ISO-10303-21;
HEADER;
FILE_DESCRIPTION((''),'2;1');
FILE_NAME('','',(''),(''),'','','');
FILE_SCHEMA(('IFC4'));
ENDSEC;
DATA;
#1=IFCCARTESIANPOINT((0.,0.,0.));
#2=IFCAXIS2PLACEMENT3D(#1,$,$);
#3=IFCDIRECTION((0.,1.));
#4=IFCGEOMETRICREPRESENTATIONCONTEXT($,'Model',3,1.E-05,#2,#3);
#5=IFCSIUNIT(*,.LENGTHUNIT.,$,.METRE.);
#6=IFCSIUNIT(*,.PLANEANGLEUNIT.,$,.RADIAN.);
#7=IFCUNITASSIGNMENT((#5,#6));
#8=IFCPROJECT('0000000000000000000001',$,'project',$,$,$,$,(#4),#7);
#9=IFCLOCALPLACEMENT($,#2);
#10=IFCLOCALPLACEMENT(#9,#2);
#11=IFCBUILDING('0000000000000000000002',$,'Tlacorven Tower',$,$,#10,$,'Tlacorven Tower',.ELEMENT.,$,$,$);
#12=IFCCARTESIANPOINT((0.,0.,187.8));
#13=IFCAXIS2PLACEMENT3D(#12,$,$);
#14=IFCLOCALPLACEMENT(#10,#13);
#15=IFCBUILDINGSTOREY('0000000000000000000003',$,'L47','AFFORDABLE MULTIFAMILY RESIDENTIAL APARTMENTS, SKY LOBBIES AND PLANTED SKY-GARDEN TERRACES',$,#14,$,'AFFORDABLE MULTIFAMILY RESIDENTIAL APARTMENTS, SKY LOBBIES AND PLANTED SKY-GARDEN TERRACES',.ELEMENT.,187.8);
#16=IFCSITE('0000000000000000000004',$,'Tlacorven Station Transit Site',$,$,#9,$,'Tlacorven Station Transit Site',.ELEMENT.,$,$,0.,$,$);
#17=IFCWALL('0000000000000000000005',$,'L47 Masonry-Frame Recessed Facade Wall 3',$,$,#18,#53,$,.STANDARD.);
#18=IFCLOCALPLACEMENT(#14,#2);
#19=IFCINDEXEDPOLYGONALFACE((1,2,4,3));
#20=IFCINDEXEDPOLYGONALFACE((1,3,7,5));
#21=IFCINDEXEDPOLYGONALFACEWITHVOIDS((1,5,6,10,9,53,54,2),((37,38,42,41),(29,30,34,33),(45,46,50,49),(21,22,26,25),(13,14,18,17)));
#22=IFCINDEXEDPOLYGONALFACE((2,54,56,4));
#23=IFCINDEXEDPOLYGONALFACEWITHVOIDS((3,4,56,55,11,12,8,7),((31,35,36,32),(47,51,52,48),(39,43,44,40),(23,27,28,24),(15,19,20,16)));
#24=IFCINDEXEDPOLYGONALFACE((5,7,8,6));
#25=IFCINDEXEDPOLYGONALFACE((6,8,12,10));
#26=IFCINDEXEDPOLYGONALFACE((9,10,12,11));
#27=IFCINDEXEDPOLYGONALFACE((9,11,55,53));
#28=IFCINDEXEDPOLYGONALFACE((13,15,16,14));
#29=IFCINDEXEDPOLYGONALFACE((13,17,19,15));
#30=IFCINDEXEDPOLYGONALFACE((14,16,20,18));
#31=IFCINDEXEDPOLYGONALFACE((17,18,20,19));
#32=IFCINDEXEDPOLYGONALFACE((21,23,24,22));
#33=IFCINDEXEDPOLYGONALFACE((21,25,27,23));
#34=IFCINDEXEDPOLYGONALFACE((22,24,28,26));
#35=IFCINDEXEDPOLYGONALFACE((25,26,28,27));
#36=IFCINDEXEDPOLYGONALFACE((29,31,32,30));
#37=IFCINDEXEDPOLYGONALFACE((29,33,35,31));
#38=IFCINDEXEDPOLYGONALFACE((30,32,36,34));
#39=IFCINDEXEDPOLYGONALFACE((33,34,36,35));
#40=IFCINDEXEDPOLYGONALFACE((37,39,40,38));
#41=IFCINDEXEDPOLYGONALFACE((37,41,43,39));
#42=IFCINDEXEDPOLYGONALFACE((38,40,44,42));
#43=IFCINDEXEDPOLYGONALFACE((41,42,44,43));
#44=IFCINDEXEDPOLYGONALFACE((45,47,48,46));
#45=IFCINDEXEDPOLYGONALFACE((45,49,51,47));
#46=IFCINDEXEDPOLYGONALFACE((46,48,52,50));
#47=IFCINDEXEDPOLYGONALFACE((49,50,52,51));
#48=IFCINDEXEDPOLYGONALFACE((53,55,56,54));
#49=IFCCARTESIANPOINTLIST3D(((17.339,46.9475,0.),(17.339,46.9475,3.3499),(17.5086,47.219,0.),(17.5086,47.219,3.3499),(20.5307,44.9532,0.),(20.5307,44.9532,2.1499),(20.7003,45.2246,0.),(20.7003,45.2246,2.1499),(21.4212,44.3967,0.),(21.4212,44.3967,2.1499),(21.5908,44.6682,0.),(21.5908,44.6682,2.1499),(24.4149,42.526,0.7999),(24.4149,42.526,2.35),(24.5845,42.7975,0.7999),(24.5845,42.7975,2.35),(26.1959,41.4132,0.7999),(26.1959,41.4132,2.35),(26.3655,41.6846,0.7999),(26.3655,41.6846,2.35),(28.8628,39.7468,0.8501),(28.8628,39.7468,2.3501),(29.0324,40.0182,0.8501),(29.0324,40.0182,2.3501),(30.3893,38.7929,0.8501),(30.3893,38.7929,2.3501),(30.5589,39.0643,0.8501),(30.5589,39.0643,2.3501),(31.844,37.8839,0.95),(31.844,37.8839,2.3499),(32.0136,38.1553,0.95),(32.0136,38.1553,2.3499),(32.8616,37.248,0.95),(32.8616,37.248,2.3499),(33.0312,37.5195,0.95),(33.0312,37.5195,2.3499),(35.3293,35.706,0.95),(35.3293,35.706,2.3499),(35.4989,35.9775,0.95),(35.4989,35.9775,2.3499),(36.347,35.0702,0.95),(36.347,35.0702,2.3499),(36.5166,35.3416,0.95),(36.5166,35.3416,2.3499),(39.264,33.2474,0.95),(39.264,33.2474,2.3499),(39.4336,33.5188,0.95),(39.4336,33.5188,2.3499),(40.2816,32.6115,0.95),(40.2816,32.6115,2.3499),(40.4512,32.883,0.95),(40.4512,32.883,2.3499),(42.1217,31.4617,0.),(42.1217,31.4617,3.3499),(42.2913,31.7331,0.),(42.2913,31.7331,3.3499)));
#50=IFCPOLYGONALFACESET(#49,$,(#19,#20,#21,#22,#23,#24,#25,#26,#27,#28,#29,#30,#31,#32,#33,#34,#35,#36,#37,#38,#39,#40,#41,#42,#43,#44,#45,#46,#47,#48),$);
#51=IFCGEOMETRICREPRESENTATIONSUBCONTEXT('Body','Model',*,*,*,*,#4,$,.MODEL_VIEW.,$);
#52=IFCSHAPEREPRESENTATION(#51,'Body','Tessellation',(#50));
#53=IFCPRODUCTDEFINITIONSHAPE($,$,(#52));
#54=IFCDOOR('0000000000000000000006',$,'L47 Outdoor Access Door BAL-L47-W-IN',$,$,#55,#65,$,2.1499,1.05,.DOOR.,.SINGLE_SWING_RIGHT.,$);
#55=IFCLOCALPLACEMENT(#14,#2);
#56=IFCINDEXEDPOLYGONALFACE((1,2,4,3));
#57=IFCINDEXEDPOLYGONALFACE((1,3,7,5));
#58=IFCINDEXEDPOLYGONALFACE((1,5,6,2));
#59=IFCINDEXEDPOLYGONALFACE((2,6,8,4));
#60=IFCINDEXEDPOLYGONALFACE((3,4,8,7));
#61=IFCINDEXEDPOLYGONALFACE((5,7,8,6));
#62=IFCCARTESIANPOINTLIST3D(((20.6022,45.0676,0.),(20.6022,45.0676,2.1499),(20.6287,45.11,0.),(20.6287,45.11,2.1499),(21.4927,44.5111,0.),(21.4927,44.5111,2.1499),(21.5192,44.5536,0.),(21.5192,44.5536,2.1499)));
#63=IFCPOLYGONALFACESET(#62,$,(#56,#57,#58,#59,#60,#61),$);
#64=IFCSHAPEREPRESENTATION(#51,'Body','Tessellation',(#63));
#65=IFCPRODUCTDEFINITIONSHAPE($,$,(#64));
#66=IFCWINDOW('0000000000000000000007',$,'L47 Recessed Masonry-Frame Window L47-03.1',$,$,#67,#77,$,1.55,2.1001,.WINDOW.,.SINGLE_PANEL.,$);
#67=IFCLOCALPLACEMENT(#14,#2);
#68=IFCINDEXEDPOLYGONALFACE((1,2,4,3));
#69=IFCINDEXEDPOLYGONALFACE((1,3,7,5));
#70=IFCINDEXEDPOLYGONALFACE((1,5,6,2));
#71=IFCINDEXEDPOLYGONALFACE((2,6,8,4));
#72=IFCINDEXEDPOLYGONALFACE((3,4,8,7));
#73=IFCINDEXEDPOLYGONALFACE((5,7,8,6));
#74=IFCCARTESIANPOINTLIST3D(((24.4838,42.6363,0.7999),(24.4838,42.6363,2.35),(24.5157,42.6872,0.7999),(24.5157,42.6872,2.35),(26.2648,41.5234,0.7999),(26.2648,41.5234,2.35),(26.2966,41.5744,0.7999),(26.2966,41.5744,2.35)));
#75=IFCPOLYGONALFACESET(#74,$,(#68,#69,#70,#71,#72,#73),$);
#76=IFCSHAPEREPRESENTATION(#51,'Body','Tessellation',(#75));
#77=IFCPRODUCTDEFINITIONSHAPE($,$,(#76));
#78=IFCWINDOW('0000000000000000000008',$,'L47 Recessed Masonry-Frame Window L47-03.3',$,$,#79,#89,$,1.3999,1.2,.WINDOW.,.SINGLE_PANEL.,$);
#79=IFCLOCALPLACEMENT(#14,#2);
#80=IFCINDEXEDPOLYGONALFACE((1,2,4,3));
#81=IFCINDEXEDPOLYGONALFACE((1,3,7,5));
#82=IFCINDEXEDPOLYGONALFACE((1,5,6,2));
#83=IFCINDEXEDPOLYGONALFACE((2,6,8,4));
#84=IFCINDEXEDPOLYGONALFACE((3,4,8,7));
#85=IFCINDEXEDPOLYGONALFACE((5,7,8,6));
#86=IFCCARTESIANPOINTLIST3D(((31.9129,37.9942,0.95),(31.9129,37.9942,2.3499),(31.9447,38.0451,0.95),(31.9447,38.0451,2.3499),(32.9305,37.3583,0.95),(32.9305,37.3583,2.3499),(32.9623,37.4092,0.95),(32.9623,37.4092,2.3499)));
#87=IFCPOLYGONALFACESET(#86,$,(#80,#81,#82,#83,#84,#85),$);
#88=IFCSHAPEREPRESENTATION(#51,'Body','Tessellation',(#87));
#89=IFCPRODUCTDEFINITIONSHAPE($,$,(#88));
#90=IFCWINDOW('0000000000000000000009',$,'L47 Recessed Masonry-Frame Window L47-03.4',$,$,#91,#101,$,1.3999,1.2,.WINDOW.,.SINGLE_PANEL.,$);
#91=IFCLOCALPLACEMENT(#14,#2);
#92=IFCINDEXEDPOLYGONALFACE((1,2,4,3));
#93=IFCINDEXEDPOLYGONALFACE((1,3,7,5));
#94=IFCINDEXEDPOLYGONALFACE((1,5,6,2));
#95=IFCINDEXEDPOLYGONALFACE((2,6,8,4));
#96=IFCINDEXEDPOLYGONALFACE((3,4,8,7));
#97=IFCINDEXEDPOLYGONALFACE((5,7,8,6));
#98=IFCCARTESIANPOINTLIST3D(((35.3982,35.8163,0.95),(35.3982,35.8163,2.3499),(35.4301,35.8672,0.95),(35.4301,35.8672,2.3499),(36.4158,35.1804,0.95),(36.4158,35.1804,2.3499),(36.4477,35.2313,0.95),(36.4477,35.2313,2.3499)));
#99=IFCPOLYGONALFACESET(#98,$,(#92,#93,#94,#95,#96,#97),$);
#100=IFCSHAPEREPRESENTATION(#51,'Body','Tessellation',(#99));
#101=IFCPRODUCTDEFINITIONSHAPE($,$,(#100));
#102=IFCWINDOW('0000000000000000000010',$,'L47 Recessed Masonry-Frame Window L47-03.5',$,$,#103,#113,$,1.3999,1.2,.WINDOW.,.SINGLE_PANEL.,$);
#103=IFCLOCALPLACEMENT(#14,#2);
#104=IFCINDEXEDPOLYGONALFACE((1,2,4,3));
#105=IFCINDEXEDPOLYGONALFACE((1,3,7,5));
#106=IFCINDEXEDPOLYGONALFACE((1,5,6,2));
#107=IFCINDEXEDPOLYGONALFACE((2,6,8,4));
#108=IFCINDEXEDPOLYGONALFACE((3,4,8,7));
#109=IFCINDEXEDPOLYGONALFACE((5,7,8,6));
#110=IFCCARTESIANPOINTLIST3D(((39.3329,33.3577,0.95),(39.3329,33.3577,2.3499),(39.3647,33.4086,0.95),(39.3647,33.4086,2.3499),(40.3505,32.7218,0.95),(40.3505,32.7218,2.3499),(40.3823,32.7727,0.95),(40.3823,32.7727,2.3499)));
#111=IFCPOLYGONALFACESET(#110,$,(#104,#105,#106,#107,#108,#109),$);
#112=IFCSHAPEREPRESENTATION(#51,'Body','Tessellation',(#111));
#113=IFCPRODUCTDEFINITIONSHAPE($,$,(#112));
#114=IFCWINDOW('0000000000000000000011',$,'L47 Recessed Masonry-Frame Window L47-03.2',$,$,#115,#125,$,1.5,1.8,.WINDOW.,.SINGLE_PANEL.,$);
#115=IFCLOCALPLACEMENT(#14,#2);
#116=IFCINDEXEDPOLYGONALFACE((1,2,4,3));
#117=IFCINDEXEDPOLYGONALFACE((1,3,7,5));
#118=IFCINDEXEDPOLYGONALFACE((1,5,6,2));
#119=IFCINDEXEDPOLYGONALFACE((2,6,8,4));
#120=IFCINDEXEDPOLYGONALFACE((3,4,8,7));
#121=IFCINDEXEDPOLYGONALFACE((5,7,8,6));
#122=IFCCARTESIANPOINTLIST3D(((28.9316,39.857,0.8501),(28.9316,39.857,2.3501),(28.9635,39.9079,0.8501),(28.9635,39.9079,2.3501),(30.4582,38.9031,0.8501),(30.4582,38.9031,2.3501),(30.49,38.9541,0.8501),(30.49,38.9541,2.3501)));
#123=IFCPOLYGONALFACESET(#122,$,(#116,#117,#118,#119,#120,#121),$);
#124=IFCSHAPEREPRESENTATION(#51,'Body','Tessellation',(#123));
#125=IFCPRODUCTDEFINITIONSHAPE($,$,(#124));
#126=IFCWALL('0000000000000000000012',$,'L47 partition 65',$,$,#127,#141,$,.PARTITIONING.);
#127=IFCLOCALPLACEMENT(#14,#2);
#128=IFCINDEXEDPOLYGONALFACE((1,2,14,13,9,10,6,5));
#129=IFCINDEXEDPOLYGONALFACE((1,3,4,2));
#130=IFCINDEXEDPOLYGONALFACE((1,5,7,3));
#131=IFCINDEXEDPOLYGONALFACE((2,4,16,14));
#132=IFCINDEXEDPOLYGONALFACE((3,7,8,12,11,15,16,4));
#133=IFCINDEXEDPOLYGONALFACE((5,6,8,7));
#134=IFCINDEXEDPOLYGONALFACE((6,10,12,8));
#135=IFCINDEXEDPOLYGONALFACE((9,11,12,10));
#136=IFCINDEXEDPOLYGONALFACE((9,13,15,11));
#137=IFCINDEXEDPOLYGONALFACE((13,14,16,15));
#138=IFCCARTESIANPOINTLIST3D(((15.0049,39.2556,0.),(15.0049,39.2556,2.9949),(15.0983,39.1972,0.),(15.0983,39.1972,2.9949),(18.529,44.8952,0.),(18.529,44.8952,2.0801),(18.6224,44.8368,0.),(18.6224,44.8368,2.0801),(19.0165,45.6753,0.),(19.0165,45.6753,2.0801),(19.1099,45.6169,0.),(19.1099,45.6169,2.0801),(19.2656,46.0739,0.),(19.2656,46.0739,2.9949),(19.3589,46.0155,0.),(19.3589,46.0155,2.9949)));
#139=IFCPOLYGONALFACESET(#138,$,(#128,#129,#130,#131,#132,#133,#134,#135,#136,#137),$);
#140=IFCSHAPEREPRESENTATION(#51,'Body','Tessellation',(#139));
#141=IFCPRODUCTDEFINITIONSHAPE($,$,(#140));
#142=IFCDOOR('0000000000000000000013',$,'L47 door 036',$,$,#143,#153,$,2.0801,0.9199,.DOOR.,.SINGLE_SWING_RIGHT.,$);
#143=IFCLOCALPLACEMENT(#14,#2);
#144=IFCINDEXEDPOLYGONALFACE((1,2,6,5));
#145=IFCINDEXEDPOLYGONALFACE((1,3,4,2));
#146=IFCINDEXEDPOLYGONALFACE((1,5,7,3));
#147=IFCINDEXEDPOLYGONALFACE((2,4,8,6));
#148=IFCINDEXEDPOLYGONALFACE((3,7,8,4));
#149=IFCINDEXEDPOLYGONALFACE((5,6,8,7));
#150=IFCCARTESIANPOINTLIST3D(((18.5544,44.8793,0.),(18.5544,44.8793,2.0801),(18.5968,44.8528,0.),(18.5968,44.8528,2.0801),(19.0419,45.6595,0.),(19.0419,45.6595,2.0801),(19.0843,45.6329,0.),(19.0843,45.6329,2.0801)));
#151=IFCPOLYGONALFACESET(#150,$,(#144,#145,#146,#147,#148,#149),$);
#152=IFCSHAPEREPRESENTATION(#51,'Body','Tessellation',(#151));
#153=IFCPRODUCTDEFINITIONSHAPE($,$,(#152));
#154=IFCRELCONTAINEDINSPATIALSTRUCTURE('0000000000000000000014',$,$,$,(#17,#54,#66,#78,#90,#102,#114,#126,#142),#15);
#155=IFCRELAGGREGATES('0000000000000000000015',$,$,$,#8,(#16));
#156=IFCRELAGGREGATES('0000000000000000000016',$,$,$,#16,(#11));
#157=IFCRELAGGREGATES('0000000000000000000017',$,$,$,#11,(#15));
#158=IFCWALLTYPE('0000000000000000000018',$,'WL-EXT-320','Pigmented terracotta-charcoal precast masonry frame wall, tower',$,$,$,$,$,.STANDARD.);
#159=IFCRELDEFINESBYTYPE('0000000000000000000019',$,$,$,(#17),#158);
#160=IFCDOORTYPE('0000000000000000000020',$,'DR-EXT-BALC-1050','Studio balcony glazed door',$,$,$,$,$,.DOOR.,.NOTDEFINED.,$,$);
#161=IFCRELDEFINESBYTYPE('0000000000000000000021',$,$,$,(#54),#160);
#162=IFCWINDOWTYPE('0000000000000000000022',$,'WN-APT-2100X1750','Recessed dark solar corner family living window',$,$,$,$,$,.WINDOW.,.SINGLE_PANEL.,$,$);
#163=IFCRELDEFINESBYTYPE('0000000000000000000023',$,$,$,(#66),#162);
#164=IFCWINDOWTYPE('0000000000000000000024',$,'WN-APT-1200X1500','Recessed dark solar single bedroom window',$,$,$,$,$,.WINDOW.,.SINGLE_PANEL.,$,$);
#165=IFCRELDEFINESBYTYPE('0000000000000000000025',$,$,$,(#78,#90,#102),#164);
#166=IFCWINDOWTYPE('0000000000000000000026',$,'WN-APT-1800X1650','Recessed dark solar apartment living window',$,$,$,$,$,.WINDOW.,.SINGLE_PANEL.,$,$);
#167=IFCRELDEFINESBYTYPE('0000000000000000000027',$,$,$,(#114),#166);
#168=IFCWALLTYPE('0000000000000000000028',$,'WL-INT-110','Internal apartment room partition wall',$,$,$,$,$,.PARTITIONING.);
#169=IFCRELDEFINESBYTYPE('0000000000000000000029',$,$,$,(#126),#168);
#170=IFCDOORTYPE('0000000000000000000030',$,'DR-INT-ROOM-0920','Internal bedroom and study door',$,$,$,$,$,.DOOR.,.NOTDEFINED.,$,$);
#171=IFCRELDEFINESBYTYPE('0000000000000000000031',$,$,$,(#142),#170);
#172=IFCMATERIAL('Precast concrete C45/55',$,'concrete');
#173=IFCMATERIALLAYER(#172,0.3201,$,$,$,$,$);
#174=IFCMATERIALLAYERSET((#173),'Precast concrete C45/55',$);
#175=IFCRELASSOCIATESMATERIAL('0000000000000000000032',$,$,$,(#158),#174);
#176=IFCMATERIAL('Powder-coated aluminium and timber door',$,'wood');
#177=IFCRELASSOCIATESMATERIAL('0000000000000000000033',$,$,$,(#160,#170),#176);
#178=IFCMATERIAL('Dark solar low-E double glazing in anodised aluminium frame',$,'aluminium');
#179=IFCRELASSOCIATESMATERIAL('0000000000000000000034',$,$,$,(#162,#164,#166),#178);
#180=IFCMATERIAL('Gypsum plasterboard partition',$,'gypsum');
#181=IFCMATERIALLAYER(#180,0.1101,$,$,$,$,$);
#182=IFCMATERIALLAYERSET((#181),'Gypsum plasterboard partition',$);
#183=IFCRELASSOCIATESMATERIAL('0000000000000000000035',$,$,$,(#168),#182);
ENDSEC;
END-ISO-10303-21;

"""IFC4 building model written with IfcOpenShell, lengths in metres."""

from ifc_helpers import new_model, si_unit, direction, frame, frame_2d, origin, place, context, subcontext, project, spatial, rectangle, extrude, source, transform, mapped, material, layer, layer_set, type_object, element, fill, save


model = new_model("IFC4")

# Units and contexts
model_context = context("Model", 3, precision=1e-05, world=origin(), true_north=direction((0.0, 1.0)))
body_context = subcontext(model_context, "Body", "Model", "MODEL_VIEW")
ifc_project = project(units=[si_unit("LENGTHUNIT", "METRE"), si_unit("PLANEANGLEUNIT", "RADIAN")], contexts=[model_context])

# Site, building, storey
site_placement = place(None, origin())
site = spatial("IfcSite", under=ifc_project, at=site_placement, Name="Tlacorven Station Transit Site", LongName="Tlacorven Station Transit Site", CompositionType="ELEMENT", RefElevation=0.0)
building_placement = place(site_placement, origin())
building = spatial("IfcBuilding", under=site, at=building_placement, Name="Tlacorven Tower", LongName="Tlacorven Tower", CompositionType="ELEMENT")
storey_placement = place(building_placement, frame((0.0, 0.0, 187.8)))
storey = spatial("IfcBuildingStorey", under=building, at=storey_placement, Name="L47", Description="AFFORDABLE MULTIFAMILY RESIDENTIAL APARTMENTS, SKY LOBBIES AND PLANTED SKY-GARDEN TERRACES", LongName="AFFORDABLE MULTIFAMILY RESIDENTIAL APARTMENTS, SKY LOBBIES AND PLANTED SKY-GARDEN TERRACES", CompositionType="ELEMENT", Elevation=187.8)

# Wall, openings, door, windows
ifc_material_1 = material(Name="Precast concrete C45/55", Category="concrete")
ifc_layer_1 = layer(ifc_material_1, 0.3201)
ifc_layer_set_1 = layer_set([ifc_layer_1], Name="Precast concrete C45/55")
wall_type_1 = type_object("IfcWallType", Name="WL-EXT-320", Description="Pigmented terracotta-charcoal precast masonry frame wall, tower", PredefinedType="STANDARD", material=ifc_layer_set_1)
wall_1_placement = place(storey_placement, frame((17.4238, 47.0833, 0.0), z_axis=(0.0, 0.0, 1.0), x_axis=(0.84805, -0.529916, 0.0)))
wall_1 = element("IfcWall", 1, at=wall_1_placement, inside=storey, type_object=wall_type_1, Name="L47 Masonry-Frame Recessed Facade Wall 3", PredefinedType="STANDARD", context=body_context, shape_type="SweptSolid", body=[
    extrude(rectangle(XDim=29.2231, YDim=0.3201, at=frame_2d((14.6116, 0.0))), origin(), (0.0, 0.0, 1.0), 3.3499),
])
opening_1_placement = place(wall_1_placement, frame((3.7637, 0.0, 0.0)))
opening_1 = element("IfcOpeningElement", 2, at=opening_1_placement, cuts=wall_1, PredefinedType="OPENING", context=body_context, shape_type="SweptSolid", body=[
    extrude(rectangle(XDim=1.05, YDim=2.1499, at=frame_2d((0.5249, 1.075))), frame((0.0, 0.1699, 0.0), z_axis=(0.0, -1.0, 0.0), x_axis=(1.0, 0.0, 0.0)), (0.0, 0.0, 1.0), 0.3401),
])
opening_2_placement = place(wall_1_placement, frame((8.3438, 0.0, 0.8)))
opening_2 = element("IfcOpeningElement", 3, at=opening_2_placement, cuts=wall_1, PredefinedType="OPENING", context=body_context, shape_type="SweptSolid", body=[
    extrude(rectangle(XDim=2.1001, YDim=1.55, at=frame_2d((1.05, 0.7749))), frame((0.0, 0.1699, 0.0), z_axis=(0.0, -1.0, 0.0), x_axis=(1.0, 0.0, 0.0)), (0.0, 0.0, 1.0), 0.3401),
])
opening_3_placement = place(wall_1_placement, frame((13.5886, 0.0, 0.8501)))
opening_3 = element("IfcOpeningElement", 4, at=opening_3_placement, cuts=wall_1, PredefinedType="OPENING", context=body_context, shape_type="SweptSolid", body=[
    extrude(rectangle(XDim=1.8, YDim=1.5, at=frame_2d((0.8999, 0.75))), frame((0.0, 0.1699, 0.0), z_axis=(0.0, -1.0, 0.0), x_axis=(1.0, 0.0, 0.0)), (0.0, 0.0, 1.0), 0.3401),
])
opening_4_placement = place(wall_1_placement, frame((17.1038, 0.0, 0.95)))
opening_4 = element("IfcOpeningElement", 5, at=opening_4_placement, cuts=wall_1, PredefinedType="OPENING", context=body_context, shape_type="SweptSolid", body=[
    extrude(rectangle(XDim=1.2, YDim=1.3999, at=frame_2d((0.6001, 0.7))), frame((0.0, 0.1699, 0.0), z_axis=(0.0, -1.0, 0.0), x_axis=(1.0, 0.0, 0.0)), (0.0, 0.0, 1.0), 0.3401),
])
opening_5_placement = place(wall_1_placement, frame((21.2136, 0.0, 0.95)))
opening_5 = element("IfcOpeningElement", 6, at=opening_5_placement, cuts=wall_1, PredefinedType="OPENING", context=body_context, shape_type="SweptSolid", body=[
    extrude(rectangle(XDim=1.2, YDim=1.3999, at=frame_2d((0.6001, 0.7))), frame((0.0, 0.1699, 0.0), z_axis=(0.0, -1.0, 0.0), x_axis=(1.0, 0.0, 0.0)), (0.0, 0.0, 1.0), 0.3401),
])
opening_6_placement = place(wall_1_placement, frame((25.8533, 0.0, 0.95)))
opening_6 = element("IfcOpeningElement", 7, at=opening_6_placement, cuts=wall_1, PredefinedType="OPENING", context=body_context, shape_type="SweptSolid", body=[
    extrude(rectangle(XDim=1.2, YDim=1.3999, at=frame_2d((0.6001, 0.7))), frame((0.0, 0.1699, 0.0), z_axis=(0.0, -1.0, 0.0), x_axis=(1.0, 0.0, 0.0)), (0.0, 0.0, 1.0), 0.3401),
])
ifc_material_2 = material(Name="Powder-coated aluminium and timber door", Category="wood")
door_type_1 = type_object("IfcDoorType", Name="DR-EXT-BALC-1050", Description="Studio balcony glazed door", OperationType="NOTDEFINED", PredefinedType="DOOR", material=ifc_material_2)
shared_shape_1 = source(origin(), body_context, "Body", "SweptSolid", [
    extrude(rectangle(XDim=1.05, YDim=2.1499, at=frame_2d((0.5249, 1.075))), frame((0.0, 0.0249, 0.0), z_axis=(0.0, -1.0, 0.0), x_axis=(1.0, 0.0, 0.0)), (0.0, 0.0, 1.0), 0.05),
])
door_1_placement = place(opening_1_placement, origin())
door_1 = element("IfcDoor", 8, at=door_1_placement, inside=storey, type_object=door_type_1, Name="L47 Outdoor Access Door BAL-L47-W-IN", OperationType="SINGLE_SWING_RIGHT", OverallHeight=2.1499, OverallWidth=1.05, PredefinedType="DOOR", context=body_context, shape_type="MappedRepresentation", body=[
    mapped(shared_shape_1, transform((0.0, 0.0, 0.0), scale=1.0)),
])
fill(opening_1, door_1)
ifc_material_3 = material(Name="Dark solar low-E double glazing in anodised aluminium frame", Category="aluminium")
window_type_1 = type_object("IfcWindowType", Name="WN-APT-2100X1750", Description="Recessed dark solar corner family living window", PartitioningType="SINGLE_PANEL", PredefinedType="WINDOW", material=ifc_material_3)
shared_shape_2 = source(origin(), body_context, "Body", "SweptSolid", [
    extrude(rectangle(XDim=2.1001, YDim=1.55, at=frame_2d((1.05, 0.7749))), frame((0.0, 0.03, 0.0), z_axis=(0.0, -1.0, 0.0), x_axis=(1.0, 0.0, 0.0)), (0.0, 0.0, 1.0), 0.0601),
])
window_1_placement = place(opening_2_placement, origin())
window_1 = element("IfcWindow", 9, at=window_1_placement, inside=storey, type_object=window_type_1, Name="L47 Recessed Masonry-Frame Window L47-03.1", OverallHeight=1.55, OverallWidth=2.1001, PartitioningType="SINGLE_PANEL", PredefinedType="WINDOW", context=body_context, shape_type="MappedRepresentation", body=[
    mapped(shared_shape_2, transform((0.0, 0.0, 0.0), scale=1.0)),
])
fill(opening_2, window_1)
window_type_2 = type_object("IfcWindowType", Name="WN-APT-1200X1500", Description="Recessed dark solar single bedroom window", PartitioningType="SINGLE_PANEL", PredefinedType="WINDOW", material=ifc_material_3)
shared_shape_3 = source(origin(), body_context, "Body", "SweptSolid", [
    extrude(rectangle(XDim=1.2, YDim=1.3999, at=frame_2d((0.6001, 0.7))), frame((0.0, 0.03, 0.0), z_axis=(0.0, -1.0, 0.0), x_axis=(1.0, 0.0, 0.0)), (0.0, 0.0, 1.0), 0.0601),
])
window_2_placement = place(opening_4_placement, origin())
window_2 = element("IfcWindow", 10, at=window_2_placement, inside=storey, type_object=window_type_2, Name="L47 Recessed Masonry-Frame Window L47-03.3", OverallHeight=1.3999, OverallWidth=1.2, PartitioningType="SINGLE_PANEL", PredefinedType="WINDOW", context=body_context, shape_type="MappedRepresentation", body=[
    mapped(shared_shape_3, transform((0.0, 0.0, 0.0), scale=1.0)),
])
fill(opening_4, window_2)
window_3_placement = place(opening_5_placement, origin())
window_3 = element("IfcWindow", 11, at=window_3_placement, inside=storey, type_object=window_type_2, Name="L47 Recessed Masonry-Frame Window L47-03.4", OverallHeight=1.3999, OverallWidth=1.2, PartitioningType="SINGLE_PANEL", PredefinedType="WINDOW", context=body_context, shape_type="MappedRepresentation", body=[
    mapped(shared_shape_3, transform((0.0, 0.0, 0.0), scale=1.0)),
])
fill(opening_5, window_3)
window_4_placement = place(opening_6_placement, origin())
window_4 = element("IfcWindow", 12, at=window_4_placement, inside=storey, type_object=window_type_2, Name="L47 Recessed Masonry-Frame Window L47-03.5", OverallHeight=1.3999, OverallWidth=1.2, PartitioningType="SINGLE_PANEL", PredefinedType="WINDOW", context=body_context, shape_type="MappedRepresentation", body=[
    mapped(shared_shape_3, transform((0.0, 0.0, 0.0), scale=1.0)),
])
fill(opening_6, window_4)
window_type_3 = type_object("IfcWindowType", Name="WN-APT-1800X1650", Description="Recessed dark solar apartment living window", PartitioningType="SINGLE_PANEL", PredefinedType="WINDOW", material=ifc_material_3)
shared_shape_4 = source(origin(), body_context, "Body", "SweptSolid", [
    extrude(rectangle(XDim=1.8, YDim=1.5, at=frame_2d((0.8999, 0.75))), frame((0.0, 0.03, 0.0), z_axis=(0.0, -1.0, 0.0), x_axis=(1.0, 0.0, 0.0)), (0.0, 0.0, 1.0), 0.0601),
])
window_5_placement = place(opening_3_placement, origin())
window_5 = element("IfcWindow", 13, at=window_5_placement, inside=storey, type_object=window_type_3, Name="L47 Recessed Masonry-Frame Window L47-03.2", OverallHeight=1.5, OverallWidth=1.8, PartitioningType="SINGLE_PANEL", PredefinedType="WINDOW", context=body_context, shape_type="MappedRepresentation", body=[
    mapped(shared_shape_4, transform((0.0, 0.0, 0.0), scale=1.0)),
])
fill(opening_3, window_5)

# Wall, opening, door
ifc_material_4 = material(Name="Gypsum plasterboard partition", Category="gypsum")
ifc_layer_2 = layer(ifc_material_4, 0.1101)
ifc_layer_set_2 = layer_set([ifc_layer_2], Name="Gypsum plasterboard partition")
wall_type_2 = type_object("IfcWallType", Name="WL-INT-110", Description="Internal apartment room partition wall", PredefinedType="PARTITIONING", material=ifc_layer_set_2)
wall_2_placement = place(storey_placement, frame((19.3123, 46.0447, 0.0), z_axis=(0.0, 0.0, 1.0), x_axis=(-0.529933, -0.848039, 0.0)))
wall_2 = element("IfcWall", 14, at=wall_2_placement, inside=storey, type_object=wall_type_2, Name="L47 partition 65", PredefinedType="PARTITIONING", context=body_context, shape_type="SweptSolid", body=[
    extrude(rectangle(XDim=8.04, YDim=0.1101, at=frame_2d((4.02, 0.0))), origin(), (0.0, 0.0, 1.0), 2.9949),
])
opening_7_placement = place(wall_2_placement, frame((0.47, 0.0, 0.0)))
opening_7 = element("IfcOpeningElement", 15, at=opening_7_placement, cuts=wall_2, PredefinedType="OPENING", context=body_context, shape_type="SweptSolid", body=[
    extrude(rectangle(XDim=0.9199, YDim=2.0801, at=frame_2d((0.46, 1.04))), frame((0.0, 0.0649, 0.0), z_axis=(0.0, -1.0, 0.0), x_axis=(1.0, 0.0, 0.0)), (0.0, 0.0, 1.0), 0.1301),
])
door_type_2 = type_object("IfcDoorType", Name="DR-INT-ROOM-0920", Description="Internal bedroom and study door", OperationType="NOTDEFINED", PredefinedType="DOOR", material=ifc_material_2)
shared_shape_5 = source(origin(), body_context, "Body", "SweptSolid", [
    extrude(rectangle(XDim=0.9199, YDim=2.0801, at=frame_2d((0.46, 1.04))), frame((0.0, 0.0249, 0.0), z_axis=(0.0, -1.0, 0.0), x_axis=(1.0, 0.0, 0.0)), (0.0, 0.0, 1.0), 0.05),
])
door_2_placement = place(opening_7_placement, origin())
door_2 = element("IfcDoor", 16, at=door_2_placement, inside=storey, type_object=door_type_2, Name="L47 door 036", OperationType="SINGLE_SWING_RIGHT", OverallHeight=2.0801, OverallWidth=0.9199, PredefinedType="DOOR", context=body_context, shape_type="MappedRepresentation", body=[
    mapped(shared_shape_5, transform((0.0, 0.0, 0.0), scale=1.0)),
])
fill(opening_7, door_2)

save(model, "model.ifc")
